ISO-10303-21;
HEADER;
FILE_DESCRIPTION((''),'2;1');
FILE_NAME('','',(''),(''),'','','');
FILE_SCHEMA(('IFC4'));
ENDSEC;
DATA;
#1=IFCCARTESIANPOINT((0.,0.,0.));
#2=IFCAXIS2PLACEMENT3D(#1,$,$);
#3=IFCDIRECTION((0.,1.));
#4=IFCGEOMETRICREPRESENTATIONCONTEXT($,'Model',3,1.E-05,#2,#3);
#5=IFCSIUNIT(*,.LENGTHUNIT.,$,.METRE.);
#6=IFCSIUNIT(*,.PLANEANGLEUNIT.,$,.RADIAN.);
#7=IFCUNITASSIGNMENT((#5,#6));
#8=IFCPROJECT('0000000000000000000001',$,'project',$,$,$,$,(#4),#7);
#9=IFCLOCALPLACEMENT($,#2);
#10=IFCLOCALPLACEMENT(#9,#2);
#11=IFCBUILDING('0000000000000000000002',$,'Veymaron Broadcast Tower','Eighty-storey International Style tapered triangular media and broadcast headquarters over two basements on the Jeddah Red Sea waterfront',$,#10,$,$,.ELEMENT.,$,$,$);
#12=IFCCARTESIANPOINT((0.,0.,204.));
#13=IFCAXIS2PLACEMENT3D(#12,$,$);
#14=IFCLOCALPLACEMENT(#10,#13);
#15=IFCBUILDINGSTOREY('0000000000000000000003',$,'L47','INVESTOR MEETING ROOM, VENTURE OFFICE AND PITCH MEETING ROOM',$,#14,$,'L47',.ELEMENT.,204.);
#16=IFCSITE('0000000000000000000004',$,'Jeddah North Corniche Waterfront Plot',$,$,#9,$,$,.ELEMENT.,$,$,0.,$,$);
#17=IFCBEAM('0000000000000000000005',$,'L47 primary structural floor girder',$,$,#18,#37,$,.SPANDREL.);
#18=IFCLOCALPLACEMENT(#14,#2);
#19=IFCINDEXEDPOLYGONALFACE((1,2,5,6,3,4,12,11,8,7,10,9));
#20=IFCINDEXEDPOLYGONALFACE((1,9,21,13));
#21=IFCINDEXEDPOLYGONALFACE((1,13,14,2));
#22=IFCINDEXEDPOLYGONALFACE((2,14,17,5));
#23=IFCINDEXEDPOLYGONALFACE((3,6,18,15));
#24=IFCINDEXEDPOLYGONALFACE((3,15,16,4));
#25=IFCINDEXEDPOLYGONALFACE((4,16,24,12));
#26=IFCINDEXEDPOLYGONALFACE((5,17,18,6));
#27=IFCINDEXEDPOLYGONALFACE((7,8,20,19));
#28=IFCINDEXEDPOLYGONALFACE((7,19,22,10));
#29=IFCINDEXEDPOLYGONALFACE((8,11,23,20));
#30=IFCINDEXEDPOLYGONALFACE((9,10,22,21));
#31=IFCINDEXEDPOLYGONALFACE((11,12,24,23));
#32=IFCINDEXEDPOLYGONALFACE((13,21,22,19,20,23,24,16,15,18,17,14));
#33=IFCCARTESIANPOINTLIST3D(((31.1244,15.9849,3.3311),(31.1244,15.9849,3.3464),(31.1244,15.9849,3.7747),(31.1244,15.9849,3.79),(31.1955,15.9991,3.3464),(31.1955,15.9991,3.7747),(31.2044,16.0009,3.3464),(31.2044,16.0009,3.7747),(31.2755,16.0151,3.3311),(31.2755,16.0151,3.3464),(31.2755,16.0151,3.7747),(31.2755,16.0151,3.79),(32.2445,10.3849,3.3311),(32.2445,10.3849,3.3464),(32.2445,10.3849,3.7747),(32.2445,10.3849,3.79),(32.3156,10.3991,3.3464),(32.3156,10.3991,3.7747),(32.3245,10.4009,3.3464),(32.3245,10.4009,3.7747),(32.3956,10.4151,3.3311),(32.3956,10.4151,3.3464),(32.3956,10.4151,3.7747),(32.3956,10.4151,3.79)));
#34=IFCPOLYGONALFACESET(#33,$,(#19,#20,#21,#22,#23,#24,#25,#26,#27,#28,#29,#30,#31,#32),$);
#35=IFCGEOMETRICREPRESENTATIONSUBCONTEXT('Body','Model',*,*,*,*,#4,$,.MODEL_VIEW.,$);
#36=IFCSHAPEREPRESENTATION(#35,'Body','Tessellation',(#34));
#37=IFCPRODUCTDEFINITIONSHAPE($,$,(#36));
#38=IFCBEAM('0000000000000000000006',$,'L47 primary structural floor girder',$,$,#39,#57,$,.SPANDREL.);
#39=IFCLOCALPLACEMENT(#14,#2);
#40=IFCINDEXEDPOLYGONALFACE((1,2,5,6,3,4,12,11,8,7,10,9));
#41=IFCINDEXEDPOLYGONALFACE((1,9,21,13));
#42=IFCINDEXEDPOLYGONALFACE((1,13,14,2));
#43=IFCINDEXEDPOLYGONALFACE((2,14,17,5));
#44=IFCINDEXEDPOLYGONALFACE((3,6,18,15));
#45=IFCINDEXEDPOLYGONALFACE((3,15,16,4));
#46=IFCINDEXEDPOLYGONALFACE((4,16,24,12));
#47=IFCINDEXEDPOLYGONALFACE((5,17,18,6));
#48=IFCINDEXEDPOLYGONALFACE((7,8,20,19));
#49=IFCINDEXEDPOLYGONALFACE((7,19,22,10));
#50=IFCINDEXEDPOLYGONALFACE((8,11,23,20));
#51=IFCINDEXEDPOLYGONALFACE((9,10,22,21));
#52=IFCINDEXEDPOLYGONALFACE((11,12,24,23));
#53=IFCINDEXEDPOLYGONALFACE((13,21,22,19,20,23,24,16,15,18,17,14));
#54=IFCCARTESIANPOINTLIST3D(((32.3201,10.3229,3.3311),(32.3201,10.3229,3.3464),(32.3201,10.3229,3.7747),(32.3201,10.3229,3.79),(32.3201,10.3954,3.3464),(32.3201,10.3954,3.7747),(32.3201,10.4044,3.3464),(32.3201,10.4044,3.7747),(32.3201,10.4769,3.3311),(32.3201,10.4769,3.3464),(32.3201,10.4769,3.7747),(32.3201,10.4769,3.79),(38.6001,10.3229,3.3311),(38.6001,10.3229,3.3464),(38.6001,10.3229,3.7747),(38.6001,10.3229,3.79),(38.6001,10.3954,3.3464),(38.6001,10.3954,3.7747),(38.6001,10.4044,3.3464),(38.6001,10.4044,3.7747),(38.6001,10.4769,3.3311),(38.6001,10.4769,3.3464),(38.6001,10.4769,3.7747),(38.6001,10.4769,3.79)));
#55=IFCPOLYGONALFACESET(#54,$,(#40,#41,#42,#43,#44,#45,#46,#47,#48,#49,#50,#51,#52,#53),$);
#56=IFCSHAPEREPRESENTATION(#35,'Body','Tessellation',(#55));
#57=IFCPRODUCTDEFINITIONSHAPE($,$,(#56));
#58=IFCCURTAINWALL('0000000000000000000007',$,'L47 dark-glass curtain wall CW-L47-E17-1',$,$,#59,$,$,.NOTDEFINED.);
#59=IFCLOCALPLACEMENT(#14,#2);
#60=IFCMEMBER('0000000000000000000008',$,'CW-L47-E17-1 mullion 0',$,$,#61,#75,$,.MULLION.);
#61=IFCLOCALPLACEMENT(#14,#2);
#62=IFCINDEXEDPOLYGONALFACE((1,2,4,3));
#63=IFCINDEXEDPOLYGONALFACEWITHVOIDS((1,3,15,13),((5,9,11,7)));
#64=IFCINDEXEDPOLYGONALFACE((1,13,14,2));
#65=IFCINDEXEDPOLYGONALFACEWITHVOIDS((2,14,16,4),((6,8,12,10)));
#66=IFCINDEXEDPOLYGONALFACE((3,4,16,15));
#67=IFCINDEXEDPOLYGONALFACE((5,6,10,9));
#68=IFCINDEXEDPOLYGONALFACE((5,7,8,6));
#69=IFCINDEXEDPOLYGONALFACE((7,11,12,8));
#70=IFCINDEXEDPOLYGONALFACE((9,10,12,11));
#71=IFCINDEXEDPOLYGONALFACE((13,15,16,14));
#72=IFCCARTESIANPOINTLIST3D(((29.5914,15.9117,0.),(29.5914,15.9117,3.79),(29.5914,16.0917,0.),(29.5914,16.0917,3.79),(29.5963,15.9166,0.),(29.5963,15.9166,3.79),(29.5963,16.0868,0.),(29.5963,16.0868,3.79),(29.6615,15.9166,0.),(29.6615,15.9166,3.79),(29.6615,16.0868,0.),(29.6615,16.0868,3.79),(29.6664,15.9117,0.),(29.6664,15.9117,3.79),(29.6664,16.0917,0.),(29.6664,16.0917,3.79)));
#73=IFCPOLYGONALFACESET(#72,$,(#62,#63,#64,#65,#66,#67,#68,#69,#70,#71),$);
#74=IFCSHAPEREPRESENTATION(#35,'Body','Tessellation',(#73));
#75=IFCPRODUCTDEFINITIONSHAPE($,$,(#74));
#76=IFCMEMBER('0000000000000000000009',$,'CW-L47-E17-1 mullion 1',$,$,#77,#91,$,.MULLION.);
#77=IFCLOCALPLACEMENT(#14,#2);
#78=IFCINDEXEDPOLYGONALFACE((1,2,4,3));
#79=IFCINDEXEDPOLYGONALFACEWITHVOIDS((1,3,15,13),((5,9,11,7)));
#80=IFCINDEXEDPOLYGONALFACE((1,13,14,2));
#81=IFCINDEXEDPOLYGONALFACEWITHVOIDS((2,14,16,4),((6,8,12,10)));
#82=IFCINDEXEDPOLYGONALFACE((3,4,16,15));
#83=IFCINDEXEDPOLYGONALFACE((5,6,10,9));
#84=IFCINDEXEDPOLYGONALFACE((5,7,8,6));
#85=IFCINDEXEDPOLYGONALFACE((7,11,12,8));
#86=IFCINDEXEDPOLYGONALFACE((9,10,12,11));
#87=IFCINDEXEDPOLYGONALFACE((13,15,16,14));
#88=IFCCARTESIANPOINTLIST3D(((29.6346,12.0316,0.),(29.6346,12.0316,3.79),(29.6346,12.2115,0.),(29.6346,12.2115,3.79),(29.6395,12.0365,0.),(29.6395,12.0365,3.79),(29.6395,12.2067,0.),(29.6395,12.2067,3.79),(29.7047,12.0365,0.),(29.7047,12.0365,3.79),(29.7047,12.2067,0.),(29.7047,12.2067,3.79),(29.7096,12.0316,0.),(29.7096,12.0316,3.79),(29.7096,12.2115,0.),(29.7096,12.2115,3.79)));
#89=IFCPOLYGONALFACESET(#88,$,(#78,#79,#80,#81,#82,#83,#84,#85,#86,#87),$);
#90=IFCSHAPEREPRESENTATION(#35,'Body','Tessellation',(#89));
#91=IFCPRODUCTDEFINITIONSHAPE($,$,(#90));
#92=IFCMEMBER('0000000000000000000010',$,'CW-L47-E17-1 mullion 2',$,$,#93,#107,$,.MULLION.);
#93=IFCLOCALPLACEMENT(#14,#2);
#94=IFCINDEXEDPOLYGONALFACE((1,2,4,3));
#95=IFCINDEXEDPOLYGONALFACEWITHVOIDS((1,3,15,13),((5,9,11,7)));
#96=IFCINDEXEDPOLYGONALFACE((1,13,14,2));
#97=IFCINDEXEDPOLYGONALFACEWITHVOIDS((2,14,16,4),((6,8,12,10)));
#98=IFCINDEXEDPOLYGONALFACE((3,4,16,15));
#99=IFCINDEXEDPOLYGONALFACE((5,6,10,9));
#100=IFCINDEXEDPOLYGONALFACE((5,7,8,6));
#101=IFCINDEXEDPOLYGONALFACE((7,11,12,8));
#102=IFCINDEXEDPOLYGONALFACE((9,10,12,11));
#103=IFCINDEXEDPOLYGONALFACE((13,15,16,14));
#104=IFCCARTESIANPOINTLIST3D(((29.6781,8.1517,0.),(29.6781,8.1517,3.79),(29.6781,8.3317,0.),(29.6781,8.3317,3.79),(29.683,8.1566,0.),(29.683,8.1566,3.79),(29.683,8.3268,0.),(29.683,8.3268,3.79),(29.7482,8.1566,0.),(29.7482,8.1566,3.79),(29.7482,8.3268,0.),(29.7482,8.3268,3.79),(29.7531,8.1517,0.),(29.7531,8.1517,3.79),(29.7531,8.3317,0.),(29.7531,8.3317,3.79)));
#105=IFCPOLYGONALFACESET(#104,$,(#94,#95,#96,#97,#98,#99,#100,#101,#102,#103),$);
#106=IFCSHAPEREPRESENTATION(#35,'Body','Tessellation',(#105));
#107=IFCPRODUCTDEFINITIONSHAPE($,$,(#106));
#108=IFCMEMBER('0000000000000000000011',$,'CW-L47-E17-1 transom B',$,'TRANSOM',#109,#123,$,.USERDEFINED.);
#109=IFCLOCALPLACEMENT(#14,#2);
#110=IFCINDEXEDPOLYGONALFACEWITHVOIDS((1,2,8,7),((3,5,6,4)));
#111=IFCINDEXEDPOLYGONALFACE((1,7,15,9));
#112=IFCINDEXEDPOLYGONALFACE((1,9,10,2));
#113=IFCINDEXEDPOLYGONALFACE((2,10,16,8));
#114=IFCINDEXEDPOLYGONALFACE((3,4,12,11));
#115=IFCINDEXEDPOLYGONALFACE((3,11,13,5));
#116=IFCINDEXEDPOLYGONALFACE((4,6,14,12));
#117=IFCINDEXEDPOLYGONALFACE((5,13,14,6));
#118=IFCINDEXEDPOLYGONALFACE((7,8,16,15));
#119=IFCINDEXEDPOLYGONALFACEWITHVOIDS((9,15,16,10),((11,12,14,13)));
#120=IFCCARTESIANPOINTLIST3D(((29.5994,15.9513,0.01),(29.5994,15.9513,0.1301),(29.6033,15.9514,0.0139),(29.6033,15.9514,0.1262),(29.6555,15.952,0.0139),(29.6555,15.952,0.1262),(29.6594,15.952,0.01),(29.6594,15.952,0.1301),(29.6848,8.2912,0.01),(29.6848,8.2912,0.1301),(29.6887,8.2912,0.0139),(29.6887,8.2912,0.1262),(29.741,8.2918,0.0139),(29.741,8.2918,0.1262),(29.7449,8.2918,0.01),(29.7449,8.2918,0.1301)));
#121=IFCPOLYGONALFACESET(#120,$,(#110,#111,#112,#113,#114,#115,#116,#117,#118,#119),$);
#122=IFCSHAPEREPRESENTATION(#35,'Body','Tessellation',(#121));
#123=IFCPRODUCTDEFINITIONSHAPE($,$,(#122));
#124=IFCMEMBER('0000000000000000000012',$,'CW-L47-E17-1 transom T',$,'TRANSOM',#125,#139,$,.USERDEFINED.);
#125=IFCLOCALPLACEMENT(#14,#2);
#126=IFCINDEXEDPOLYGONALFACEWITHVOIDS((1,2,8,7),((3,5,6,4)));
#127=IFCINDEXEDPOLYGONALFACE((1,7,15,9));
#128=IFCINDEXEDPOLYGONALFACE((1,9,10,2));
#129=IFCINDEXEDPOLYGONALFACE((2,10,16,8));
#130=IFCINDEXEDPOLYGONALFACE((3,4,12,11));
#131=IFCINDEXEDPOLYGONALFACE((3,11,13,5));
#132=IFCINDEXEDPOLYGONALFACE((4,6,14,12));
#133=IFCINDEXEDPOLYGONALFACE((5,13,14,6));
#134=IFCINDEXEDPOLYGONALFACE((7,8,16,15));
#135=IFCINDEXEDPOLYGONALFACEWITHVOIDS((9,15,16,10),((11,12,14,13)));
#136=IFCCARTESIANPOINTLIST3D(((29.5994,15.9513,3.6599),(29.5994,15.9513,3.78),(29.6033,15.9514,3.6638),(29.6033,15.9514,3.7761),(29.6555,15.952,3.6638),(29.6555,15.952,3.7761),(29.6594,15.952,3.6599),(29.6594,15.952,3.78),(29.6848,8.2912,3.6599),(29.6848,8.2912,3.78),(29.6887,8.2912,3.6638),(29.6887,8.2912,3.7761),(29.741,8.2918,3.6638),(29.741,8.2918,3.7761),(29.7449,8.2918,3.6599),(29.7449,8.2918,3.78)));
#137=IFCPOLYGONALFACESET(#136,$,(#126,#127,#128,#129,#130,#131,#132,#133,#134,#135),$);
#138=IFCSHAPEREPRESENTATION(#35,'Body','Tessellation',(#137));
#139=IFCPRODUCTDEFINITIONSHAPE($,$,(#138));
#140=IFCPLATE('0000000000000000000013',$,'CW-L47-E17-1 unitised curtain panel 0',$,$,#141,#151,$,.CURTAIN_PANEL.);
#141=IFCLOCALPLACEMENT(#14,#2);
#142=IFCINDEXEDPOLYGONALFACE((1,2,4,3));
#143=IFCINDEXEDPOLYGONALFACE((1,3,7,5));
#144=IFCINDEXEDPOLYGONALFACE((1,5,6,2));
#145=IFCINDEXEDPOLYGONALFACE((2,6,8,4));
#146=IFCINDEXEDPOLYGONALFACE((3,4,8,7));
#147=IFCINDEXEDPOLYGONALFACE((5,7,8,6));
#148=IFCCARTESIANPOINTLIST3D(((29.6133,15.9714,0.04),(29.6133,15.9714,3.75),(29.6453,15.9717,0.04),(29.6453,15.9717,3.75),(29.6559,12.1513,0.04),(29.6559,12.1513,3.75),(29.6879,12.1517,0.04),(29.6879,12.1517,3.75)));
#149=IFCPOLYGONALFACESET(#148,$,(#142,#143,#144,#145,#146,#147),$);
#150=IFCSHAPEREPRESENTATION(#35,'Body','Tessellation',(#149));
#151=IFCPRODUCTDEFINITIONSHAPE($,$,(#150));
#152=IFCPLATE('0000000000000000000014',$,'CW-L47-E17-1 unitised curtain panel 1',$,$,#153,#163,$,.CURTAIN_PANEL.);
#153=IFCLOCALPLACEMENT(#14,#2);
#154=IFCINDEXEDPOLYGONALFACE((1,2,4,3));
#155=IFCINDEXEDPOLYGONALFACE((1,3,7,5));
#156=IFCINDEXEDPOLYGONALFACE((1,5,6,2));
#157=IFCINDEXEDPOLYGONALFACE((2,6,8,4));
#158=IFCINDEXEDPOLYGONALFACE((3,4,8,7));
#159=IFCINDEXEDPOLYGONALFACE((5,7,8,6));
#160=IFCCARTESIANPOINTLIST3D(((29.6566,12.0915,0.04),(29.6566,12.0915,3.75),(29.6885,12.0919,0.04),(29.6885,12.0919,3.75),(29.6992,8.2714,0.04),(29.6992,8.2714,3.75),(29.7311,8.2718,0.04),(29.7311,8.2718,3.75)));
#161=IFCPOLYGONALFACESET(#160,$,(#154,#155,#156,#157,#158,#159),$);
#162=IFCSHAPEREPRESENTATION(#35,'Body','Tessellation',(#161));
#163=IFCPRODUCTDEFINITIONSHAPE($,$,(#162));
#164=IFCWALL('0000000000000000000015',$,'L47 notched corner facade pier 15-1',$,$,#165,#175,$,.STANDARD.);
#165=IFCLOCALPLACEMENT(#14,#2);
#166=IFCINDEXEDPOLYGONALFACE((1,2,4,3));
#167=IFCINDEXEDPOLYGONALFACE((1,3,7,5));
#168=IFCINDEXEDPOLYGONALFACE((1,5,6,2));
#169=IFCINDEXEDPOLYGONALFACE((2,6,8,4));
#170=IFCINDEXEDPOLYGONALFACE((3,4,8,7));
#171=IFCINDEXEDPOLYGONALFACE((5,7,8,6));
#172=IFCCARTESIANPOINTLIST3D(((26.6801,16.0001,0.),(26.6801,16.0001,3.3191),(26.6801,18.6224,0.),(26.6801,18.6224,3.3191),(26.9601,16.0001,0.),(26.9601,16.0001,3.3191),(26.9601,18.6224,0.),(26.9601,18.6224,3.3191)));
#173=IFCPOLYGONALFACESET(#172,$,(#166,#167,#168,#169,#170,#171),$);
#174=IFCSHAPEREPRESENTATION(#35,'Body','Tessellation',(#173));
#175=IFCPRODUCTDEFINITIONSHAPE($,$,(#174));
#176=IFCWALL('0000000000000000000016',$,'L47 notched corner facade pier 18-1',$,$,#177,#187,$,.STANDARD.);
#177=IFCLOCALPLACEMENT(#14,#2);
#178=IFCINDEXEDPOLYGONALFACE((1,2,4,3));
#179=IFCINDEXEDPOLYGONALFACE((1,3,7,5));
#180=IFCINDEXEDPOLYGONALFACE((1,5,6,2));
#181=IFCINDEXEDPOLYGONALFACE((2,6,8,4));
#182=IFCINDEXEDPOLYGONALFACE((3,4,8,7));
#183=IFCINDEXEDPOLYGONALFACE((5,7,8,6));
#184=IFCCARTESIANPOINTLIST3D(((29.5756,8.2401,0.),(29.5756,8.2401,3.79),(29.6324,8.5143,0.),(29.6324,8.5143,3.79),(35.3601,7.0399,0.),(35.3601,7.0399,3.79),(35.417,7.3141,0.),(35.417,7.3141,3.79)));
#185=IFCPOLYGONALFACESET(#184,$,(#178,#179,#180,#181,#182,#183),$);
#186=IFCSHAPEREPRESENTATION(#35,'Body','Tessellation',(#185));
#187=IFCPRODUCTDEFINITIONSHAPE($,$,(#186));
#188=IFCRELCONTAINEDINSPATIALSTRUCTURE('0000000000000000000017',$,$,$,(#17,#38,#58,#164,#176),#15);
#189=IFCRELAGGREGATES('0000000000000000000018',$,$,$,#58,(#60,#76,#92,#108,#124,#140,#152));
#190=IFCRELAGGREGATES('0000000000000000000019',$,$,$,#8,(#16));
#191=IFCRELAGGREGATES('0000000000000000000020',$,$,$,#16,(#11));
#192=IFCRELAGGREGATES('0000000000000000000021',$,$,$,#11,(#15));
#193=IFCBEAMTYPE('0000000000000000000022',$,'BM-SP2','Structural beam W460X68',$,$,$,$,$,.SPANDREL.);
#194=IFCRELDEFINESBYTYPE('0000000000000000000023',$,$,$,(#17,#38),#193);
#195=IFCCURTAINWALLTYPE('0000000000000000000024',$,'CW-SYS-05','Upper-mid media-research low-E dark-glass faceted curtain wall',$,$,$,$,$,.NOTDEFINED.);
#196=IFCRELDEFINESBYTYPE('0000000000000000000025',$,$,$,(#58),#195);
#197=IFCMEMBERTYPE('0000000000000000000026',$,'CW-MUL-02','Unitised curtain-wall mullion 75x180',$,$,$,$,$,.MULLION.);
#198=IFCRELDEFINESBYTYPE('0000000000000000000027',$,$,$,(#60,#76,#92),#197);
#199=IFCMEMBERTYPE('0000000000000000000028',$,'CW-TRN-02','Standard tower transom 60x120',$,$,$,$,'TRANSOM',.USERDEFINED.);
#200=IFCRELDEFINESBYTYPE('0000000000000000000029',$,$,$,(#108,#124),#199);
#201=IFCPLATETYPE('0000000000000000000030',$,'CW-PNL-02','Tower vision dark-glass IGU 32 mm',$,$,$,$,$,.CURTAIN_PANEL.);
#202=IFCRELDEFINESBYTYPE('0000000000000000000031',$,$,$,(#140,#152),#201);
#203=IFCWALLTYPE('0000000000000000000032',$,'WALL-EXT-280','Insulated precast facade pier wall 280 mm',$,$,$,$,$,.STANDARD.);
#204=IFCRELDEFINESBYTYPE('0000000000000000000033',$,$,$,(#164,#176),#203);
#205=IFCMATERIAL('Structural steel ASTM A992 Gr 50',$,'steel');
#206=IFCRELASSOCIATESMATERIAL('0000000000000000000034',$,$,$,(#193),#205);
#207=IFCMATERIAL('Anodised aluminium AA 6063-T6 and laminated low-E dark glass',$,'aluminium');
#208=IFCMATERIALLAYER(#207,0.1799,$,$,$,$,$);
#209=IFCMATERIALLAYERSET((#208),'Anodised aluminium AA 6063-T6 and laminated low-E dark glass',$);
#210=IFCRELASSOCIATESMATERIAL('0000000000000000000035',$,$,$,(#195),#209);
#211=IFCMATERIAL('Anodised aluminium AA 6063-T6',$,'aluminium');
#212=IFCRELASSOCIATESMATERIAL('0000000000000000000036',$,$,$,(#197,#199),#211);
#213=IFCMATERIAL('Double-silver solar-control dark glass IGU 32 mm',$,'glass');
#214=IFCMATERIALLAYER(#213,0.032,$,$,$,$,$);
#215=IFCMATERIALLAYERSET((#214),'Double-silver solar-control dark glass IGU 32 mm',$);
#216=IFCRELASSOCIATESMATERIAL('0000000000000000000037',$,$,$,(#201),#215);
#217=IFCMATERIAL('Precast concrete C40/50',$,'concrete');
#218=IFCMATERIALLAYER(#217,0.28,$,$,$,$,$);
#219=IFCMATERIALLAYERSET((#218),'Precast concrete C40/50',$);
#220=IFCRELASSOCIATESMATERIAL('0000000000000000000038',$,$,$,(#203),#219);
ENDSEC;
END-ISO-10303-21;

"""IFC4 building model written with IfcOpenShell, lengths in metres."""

from ifc_helpers import new_model, si_unit, direction, frame, frame_2d, origin, origin_2d, place, context, subcontext, project, spatial, rectangle, hollow_rectangle, i_section, extrude, material, layer, layer_set, material_profile, profile_set, type_object, element, aggregate, save


model = new_model("IFC4")

# Units and contexts
model_context = context("Model", 3, precision=1e-05, world=origin(), true_north=direction((0.0, 1.0)))
body_context = subcontext(model_context, "Body", "Model", "MODEL_VIEW")
ifc_project = project(units=[si_unit("LENGTHUNIT", "METRE"), si_unit("PLANEANGLEUNIT", "RADIAN")], contexts=[model_context])

# Site, building, storey
site_placement = place(None, origin())
site = spatial("IfcSite", under=ifc_project, at=site_placement, Name="Jeddah North Corniche Waterfront Plot", CompositionType="ELEMENT", RefElevation=0.0)
building_placement = place(site_placement, origin())
building = spatial("IfcBuilding", under=site, at=building_placement, Name="Veymaron Broadcast Tower", Description="Eighty-storey International Style tapered triangular media and broadcast headquarters over two basements on the Jeddah Red Sea waterfront", CompositionType="ELEMENT")
storey_placement = place(building_placement, frame((0.0, 0.0, 204.0)))
storey = spatial("IfcBuildingStorey", under=building, at=storey_placement, Name="L47", Description="INVESTOR MEETING ROOM, VENTURE OFFICE AND PITCH MEETING ROOM", LongName="L47", CompositionType="ELEMENT", Elevation=204.0)

# Shared definitions
ifc_material_1 = material(Name="Structural steel ASTM A992 Gr 50", Category="steel")

# Beams
ifc_material_profile_1 = material_profile(ifc_material_1, i_section(OverallWidth=0.1541, OverallDepth=0.459, WebThickness=0.009, FlangeThickness=0.0154, at=origin_2d()), Name="W460X68")
ifc_profile_set_1 = profile_set([ifc_material_profile_1], Name="Structural steel ASTM A992 Gr 50")
beam_type_1 = type_object("IfcBeamType", Name="BM-SP2", Description="Structural beam W460X68", PredefinedType="SPANDREL", material=ifc_profile_set_1)
beam_1_placement = place(storey_placement, frame((31.2, 16.0, 3.5605), z_axis=(0.196133, -0.980577, 0.0), x_axis=(0.980577, 0.196133, 0.0)))
element("IfcBeam", 1, at=beam_1_placement, inside=storey, type_object=beam_type_1, Name="L47 primary structural floor girder", PredefinedType="SPANDREL", context=body_context, shape_type="SweptSolid", body=[
    extrude(i_section(OverallWidth=0.1541, OverallDepth=0.459, WebThickness=0.009, FlangeThickness=0.0154, at=origin_2d()), origin(), (0.0, 0.0, 1.0), 5.7109),
])
beam_2_placement = place(storey_placement, frame((32.3201, 10.3999, 3.5605), z_axis=(1.0, 0.0, 0.0), x_axis=(0.0, 1.0, 0.0)))
element("IfcBeam", 2, at=beam_2_placement, inside=storey, type_object=beam_type_1, Name="L47 primary structural floor girder", PredefinedType="SPANDREL", context=body_context, shape_type="SweptSolid", body=[
    extrude(i_section(OverallWidth=0.1541, OverallDepth=0.459, WebThickness=0.009, FlangeThickness=0.0154, at=origin_2d()), origin(), (0.0, 0.0, 1.0), 6.28),
])

# Curtain wall, members, plates
ifc_material_2 = material(Name="Anodised aluminium AA 6063-T6 and laminated low-E dark glass", Category="aluminium")
ifc_layer_1 = layer(ifc_material_2, 0.1799)
ifc_layer_set_1 = layer_set([ifc_layer_1], Name="Anodised aluminium AA 6063-T6 and laminated low-E dark glass")
curtain_wall_type = type_object("IfcCurtainWallType", Name="CW-SYS-05", Description="Upper-mid media-research low-E dark-glass faceted curtain wall", PredefinedType="NOTDEFINED", material=ifc_layer_set_1)
curtain_wall_placement = place(storey_placement, origin())
curtain_wall = element("IfcCurtainWall", 3, at=curtain_wall_placement, inside=storey, type_object=curtain_wall_type, Name="L47 dark-glass curtain wall CW-L47-E17-1", PredefinedType="NOTDEFINED")
ifc_material_3 = material(Name="Anodised aluminium AA 6063-T6", Category="aluminium")
ifc_material_profile_2 = material_profile(ifc_material_3, hollow_rectangle(XDim=0.075, YDim=0.1799, WallThickness=0.0049, at=origin_2d()), Name="AL180X75X5")
ifc_profile_set_2 = profile_set([ifc_material_profile_2], Name="Anodised aluminium AA 6063-T6")
member_type_1 = type_object("IfcMemberType", Name="CW-MUL-02", Description="Unitised curtain-wall mullion 75x180", PredefinedType="MULLION", material=ifc_profile_set_2)
member_1_placement = place(storey_placement, frame((29.6289, 16.0017, 0.0), z_axis=(0.0, 0.0, 1.0), x_axis=(1.0, 0.0, 0.0)))
member_1 = element("IfcMember", 4, at=member_1_placement, type_object=member_type_1, Name="CW-L47-E17-1 mullion 0", PredefinedType="MULLION", context=body_context, shape_type="SweptSolid", body=[
    extrude(hollow_rectangle(XDim=0.075, YDim=0.1799, WallThickness=0.0049, at=origin_2d()), origin(), (0.0, 0.0, 1.0), 3.79),
])
member_2_placement = place(storey_placement, frame((29.6721, 12.1216, 0.0), z_axis=(0.0, 0.0, 1.0), x_axis=(1.0, 0.0, 0.0)))
member_2 = element("IfcMember", 5, at=member_2_placement, type_object=member_type_1, Name="CW-L47-E17-1 mullion 1", PredefinedType="MULLION", context=body_context, shape_type="SweptSolid", body=[
    extrude(hollow_rectangle(XDim=0.075, YDim=0.1799, WallThickness=0.0049, at=origin_2d()), origin(), (0.0, 0.0, 1.0), 3.79),
])
member_3_placement = place(storey_placement, frame((29.7156, 8.2417, 0.0), z_axis=(0.0, 0.0, 1.0), x_axis=(1.0, 0.0, 0.0)))
member_3 = element("IfcMember", 6, at=member_3_placement, type_object=member_type_1, Name="CW-L47-E17-1 mullion 2", PredefinedType="MULLION", context=body_context, shape_type="SweptSolid", body=[
    extrude(hollow_rectangle(XDim=0.075, YDim=0.1799, WallThickness=0.0049, at=origin_2d()), origin(), (0.0, 0.0, 1.0), 3.79),
])
ifc_material_profile_3 = material_profile(ifc_material_3, hollow_rectangle(XDim=0.0601, YDim=0.1201, WallThickness=0.0039, at=origin_2d()), Name="AL120X60X4")
ifc_profile_set_3 = profile_set([ifc_material_profile_3], Name="Anodised aluminium AA 6063-T6")
member_type_2 = type_object("IfcMemberType", Name="CW-TRN-02", Description="Standard tower transom 60x120", ElementType="TRANSOM", PredefinedType="USERDEFINED", material=ifc_profile_set_3)
member_4_placement = place(storey_placement, frame((29.6294, 15.9517, 0.0701), z_axis=(0.011154, -0.999938, 0.0), x_axis=(0.999938, 0.011154, 0.0)))
member_4 = element("IfcMember", 7, at=member_4_placement, type_object=member_type_2, Name="CW-L47-E17-1 transom B", ObjectType="TRANSOM", PredefinedType="USERDEFINED", context=body_context, shape_type="SweptSolid", body=[
    extrude(hollow_rectangle(XDim=0.0601, YDim=0.1201, WallThickness=0.0039, at=origin_2d()), origin(), (0.0, 0.0, 1.0), 7.6606),
])
member_5_placement = place(storey_placement, frame((29.6294, 15.9517, 3.72), z_axis=(0.011154, -0.999938, 0.0), x_axis=(0.999938, 0.011154, 0.0)))
member_5 = element("IfcMember", 8, at=member_5_placement, type_object=member_type_2, Name="CW-L47-E17-1 transom T", ObjectType="TRANSOM", PredefinedType="USERDEFINED", context=body_context, shape_type="SweptSolid", body=[
    extrude(hollow_rectangle(XDim=0.0601, YDim=0.1201, WallThickness=0.0039, at=origin_2d()), origin(), (0.0, 0.0, 1.0), 7.6606),
])
ifc_material_4 = material(Name="Double-silver solar-control dark glass IGU 32 mm", Category="glass")
ifc_layer_2 = layer(ifc_material_4, 0.032)
ifc_layer_set_2 = layer_set([ifc_layer_2], Name="Double-silver solar-control dark glass IGU 32 mm")
plate_type = type_object("IfcPlateType", Name="CW-PNL-02", Description="Tower vision dark-glass IGU 32 mm", PredefinedType="CURTAIN_PANEL", material=ifc_layer_set_2)
plate_1_placement = place(storey_placement, frame((29.6506, 14.0615, 0.04), z_axis=(0.0, 0.0, 1.0), x_axis=(0.011152, -0.999938, 0.0)))
plate_1 = element("IfcPlate", 9, at=plate_1_placement, type_object=plate_type, Name="CW-L47-E17-1 unitised curtain panel 0", PredefinedType="CURTAIN_PANEL", context=body_context, shape_type="SweptSolid", body=[
    extrude(rectangle(XDim=3.8203, YDim=0.032, at=origin_2d()), origin(), (0.0, 0.0, 1.0), 3.71),
])
plate_2_placement = place(storey_placement, frame((29.6938, 10.1816, 0.04), z_axis=(0.0, 0.0, 1.0), x_axis=(0.011152, -0.999938, 0.0)))
plate_2 = element("IfcPlate", 10, at=plate_2_placement, type_object=plate_type, Name="CW-L47-E17-1 unitised curtain panel 1", PredefinedType="CURTAIN_PANEL", context=body_context, shape_type="SweptSolid", body=[
    extrude(rectangle(XDim=3.8203, YDim=0.032, at=origin_2d()), origin(), (0.0, 0.0, 1.0), 3.71),
])
aggregate(curtain_wall, [member_1, member_2, member_3, member_4, member_5, plate_1, plate_2])

# Walls
ifc_material_5 = material(Name="Precast concrete C40/50", Category="concrete")
ifc_layer_3 = layer(ifc_material_5, 0.28)
ifc_layer_set_3 = layer_set([ifc_layer_3], Name="Precast concrete C40/50")
wall_type_1 = type_object("IfcWallType", Name="WALL-EXT-280", Description="Insulated precast facade pier wall 280 mm", PredefinedType="STANDARD", material=ifc_layer_set_3)
wall_1_placement = place(storey_placement, frame((26.8201, 18.6223, 0.0), z_axis=(0.0, 0.0, 1.0), x_axis=(0.0, -1.0, 0.0)))
element("IfcWall", 11, at=wall_1_placement, inside=storey, type_object=wall_type_1, Name="L47 notched corner facade pier 15-1", PredefinedType="STANDARD", context=body_context, shape_type="SweptSolid", body=[
    extrude(rectangle(XDim=2.6223, YDim=0.28, at=frame_2d((1.311, 0.0))), origin(), (0.0, 0.0, 1.0), 3.3191),
])
wall_2_placement = place(storey_placement, frame((29.604, 8.3772, 0.0), z_axis=(0.0, 0.0, 1.0), x_axis=(0.979145, -0.20316, 0.0)))
element("IfcWall", 12, at=wall_2_placement, inside=storey, type_object=wall_type_1, Name="L47 notched corner facade pier 18-1", PredefinedType="STANDARD", context=body_context, shape_type="SweptSolid", body=[
    extrude(rectangle(XDim=5.9077, YDim=0.28, at=frame_2d((2.9539, 0.0))), origin(), (0.0, 0.0, 1.0), 3.79),
])

save(model, "model.ifc")
